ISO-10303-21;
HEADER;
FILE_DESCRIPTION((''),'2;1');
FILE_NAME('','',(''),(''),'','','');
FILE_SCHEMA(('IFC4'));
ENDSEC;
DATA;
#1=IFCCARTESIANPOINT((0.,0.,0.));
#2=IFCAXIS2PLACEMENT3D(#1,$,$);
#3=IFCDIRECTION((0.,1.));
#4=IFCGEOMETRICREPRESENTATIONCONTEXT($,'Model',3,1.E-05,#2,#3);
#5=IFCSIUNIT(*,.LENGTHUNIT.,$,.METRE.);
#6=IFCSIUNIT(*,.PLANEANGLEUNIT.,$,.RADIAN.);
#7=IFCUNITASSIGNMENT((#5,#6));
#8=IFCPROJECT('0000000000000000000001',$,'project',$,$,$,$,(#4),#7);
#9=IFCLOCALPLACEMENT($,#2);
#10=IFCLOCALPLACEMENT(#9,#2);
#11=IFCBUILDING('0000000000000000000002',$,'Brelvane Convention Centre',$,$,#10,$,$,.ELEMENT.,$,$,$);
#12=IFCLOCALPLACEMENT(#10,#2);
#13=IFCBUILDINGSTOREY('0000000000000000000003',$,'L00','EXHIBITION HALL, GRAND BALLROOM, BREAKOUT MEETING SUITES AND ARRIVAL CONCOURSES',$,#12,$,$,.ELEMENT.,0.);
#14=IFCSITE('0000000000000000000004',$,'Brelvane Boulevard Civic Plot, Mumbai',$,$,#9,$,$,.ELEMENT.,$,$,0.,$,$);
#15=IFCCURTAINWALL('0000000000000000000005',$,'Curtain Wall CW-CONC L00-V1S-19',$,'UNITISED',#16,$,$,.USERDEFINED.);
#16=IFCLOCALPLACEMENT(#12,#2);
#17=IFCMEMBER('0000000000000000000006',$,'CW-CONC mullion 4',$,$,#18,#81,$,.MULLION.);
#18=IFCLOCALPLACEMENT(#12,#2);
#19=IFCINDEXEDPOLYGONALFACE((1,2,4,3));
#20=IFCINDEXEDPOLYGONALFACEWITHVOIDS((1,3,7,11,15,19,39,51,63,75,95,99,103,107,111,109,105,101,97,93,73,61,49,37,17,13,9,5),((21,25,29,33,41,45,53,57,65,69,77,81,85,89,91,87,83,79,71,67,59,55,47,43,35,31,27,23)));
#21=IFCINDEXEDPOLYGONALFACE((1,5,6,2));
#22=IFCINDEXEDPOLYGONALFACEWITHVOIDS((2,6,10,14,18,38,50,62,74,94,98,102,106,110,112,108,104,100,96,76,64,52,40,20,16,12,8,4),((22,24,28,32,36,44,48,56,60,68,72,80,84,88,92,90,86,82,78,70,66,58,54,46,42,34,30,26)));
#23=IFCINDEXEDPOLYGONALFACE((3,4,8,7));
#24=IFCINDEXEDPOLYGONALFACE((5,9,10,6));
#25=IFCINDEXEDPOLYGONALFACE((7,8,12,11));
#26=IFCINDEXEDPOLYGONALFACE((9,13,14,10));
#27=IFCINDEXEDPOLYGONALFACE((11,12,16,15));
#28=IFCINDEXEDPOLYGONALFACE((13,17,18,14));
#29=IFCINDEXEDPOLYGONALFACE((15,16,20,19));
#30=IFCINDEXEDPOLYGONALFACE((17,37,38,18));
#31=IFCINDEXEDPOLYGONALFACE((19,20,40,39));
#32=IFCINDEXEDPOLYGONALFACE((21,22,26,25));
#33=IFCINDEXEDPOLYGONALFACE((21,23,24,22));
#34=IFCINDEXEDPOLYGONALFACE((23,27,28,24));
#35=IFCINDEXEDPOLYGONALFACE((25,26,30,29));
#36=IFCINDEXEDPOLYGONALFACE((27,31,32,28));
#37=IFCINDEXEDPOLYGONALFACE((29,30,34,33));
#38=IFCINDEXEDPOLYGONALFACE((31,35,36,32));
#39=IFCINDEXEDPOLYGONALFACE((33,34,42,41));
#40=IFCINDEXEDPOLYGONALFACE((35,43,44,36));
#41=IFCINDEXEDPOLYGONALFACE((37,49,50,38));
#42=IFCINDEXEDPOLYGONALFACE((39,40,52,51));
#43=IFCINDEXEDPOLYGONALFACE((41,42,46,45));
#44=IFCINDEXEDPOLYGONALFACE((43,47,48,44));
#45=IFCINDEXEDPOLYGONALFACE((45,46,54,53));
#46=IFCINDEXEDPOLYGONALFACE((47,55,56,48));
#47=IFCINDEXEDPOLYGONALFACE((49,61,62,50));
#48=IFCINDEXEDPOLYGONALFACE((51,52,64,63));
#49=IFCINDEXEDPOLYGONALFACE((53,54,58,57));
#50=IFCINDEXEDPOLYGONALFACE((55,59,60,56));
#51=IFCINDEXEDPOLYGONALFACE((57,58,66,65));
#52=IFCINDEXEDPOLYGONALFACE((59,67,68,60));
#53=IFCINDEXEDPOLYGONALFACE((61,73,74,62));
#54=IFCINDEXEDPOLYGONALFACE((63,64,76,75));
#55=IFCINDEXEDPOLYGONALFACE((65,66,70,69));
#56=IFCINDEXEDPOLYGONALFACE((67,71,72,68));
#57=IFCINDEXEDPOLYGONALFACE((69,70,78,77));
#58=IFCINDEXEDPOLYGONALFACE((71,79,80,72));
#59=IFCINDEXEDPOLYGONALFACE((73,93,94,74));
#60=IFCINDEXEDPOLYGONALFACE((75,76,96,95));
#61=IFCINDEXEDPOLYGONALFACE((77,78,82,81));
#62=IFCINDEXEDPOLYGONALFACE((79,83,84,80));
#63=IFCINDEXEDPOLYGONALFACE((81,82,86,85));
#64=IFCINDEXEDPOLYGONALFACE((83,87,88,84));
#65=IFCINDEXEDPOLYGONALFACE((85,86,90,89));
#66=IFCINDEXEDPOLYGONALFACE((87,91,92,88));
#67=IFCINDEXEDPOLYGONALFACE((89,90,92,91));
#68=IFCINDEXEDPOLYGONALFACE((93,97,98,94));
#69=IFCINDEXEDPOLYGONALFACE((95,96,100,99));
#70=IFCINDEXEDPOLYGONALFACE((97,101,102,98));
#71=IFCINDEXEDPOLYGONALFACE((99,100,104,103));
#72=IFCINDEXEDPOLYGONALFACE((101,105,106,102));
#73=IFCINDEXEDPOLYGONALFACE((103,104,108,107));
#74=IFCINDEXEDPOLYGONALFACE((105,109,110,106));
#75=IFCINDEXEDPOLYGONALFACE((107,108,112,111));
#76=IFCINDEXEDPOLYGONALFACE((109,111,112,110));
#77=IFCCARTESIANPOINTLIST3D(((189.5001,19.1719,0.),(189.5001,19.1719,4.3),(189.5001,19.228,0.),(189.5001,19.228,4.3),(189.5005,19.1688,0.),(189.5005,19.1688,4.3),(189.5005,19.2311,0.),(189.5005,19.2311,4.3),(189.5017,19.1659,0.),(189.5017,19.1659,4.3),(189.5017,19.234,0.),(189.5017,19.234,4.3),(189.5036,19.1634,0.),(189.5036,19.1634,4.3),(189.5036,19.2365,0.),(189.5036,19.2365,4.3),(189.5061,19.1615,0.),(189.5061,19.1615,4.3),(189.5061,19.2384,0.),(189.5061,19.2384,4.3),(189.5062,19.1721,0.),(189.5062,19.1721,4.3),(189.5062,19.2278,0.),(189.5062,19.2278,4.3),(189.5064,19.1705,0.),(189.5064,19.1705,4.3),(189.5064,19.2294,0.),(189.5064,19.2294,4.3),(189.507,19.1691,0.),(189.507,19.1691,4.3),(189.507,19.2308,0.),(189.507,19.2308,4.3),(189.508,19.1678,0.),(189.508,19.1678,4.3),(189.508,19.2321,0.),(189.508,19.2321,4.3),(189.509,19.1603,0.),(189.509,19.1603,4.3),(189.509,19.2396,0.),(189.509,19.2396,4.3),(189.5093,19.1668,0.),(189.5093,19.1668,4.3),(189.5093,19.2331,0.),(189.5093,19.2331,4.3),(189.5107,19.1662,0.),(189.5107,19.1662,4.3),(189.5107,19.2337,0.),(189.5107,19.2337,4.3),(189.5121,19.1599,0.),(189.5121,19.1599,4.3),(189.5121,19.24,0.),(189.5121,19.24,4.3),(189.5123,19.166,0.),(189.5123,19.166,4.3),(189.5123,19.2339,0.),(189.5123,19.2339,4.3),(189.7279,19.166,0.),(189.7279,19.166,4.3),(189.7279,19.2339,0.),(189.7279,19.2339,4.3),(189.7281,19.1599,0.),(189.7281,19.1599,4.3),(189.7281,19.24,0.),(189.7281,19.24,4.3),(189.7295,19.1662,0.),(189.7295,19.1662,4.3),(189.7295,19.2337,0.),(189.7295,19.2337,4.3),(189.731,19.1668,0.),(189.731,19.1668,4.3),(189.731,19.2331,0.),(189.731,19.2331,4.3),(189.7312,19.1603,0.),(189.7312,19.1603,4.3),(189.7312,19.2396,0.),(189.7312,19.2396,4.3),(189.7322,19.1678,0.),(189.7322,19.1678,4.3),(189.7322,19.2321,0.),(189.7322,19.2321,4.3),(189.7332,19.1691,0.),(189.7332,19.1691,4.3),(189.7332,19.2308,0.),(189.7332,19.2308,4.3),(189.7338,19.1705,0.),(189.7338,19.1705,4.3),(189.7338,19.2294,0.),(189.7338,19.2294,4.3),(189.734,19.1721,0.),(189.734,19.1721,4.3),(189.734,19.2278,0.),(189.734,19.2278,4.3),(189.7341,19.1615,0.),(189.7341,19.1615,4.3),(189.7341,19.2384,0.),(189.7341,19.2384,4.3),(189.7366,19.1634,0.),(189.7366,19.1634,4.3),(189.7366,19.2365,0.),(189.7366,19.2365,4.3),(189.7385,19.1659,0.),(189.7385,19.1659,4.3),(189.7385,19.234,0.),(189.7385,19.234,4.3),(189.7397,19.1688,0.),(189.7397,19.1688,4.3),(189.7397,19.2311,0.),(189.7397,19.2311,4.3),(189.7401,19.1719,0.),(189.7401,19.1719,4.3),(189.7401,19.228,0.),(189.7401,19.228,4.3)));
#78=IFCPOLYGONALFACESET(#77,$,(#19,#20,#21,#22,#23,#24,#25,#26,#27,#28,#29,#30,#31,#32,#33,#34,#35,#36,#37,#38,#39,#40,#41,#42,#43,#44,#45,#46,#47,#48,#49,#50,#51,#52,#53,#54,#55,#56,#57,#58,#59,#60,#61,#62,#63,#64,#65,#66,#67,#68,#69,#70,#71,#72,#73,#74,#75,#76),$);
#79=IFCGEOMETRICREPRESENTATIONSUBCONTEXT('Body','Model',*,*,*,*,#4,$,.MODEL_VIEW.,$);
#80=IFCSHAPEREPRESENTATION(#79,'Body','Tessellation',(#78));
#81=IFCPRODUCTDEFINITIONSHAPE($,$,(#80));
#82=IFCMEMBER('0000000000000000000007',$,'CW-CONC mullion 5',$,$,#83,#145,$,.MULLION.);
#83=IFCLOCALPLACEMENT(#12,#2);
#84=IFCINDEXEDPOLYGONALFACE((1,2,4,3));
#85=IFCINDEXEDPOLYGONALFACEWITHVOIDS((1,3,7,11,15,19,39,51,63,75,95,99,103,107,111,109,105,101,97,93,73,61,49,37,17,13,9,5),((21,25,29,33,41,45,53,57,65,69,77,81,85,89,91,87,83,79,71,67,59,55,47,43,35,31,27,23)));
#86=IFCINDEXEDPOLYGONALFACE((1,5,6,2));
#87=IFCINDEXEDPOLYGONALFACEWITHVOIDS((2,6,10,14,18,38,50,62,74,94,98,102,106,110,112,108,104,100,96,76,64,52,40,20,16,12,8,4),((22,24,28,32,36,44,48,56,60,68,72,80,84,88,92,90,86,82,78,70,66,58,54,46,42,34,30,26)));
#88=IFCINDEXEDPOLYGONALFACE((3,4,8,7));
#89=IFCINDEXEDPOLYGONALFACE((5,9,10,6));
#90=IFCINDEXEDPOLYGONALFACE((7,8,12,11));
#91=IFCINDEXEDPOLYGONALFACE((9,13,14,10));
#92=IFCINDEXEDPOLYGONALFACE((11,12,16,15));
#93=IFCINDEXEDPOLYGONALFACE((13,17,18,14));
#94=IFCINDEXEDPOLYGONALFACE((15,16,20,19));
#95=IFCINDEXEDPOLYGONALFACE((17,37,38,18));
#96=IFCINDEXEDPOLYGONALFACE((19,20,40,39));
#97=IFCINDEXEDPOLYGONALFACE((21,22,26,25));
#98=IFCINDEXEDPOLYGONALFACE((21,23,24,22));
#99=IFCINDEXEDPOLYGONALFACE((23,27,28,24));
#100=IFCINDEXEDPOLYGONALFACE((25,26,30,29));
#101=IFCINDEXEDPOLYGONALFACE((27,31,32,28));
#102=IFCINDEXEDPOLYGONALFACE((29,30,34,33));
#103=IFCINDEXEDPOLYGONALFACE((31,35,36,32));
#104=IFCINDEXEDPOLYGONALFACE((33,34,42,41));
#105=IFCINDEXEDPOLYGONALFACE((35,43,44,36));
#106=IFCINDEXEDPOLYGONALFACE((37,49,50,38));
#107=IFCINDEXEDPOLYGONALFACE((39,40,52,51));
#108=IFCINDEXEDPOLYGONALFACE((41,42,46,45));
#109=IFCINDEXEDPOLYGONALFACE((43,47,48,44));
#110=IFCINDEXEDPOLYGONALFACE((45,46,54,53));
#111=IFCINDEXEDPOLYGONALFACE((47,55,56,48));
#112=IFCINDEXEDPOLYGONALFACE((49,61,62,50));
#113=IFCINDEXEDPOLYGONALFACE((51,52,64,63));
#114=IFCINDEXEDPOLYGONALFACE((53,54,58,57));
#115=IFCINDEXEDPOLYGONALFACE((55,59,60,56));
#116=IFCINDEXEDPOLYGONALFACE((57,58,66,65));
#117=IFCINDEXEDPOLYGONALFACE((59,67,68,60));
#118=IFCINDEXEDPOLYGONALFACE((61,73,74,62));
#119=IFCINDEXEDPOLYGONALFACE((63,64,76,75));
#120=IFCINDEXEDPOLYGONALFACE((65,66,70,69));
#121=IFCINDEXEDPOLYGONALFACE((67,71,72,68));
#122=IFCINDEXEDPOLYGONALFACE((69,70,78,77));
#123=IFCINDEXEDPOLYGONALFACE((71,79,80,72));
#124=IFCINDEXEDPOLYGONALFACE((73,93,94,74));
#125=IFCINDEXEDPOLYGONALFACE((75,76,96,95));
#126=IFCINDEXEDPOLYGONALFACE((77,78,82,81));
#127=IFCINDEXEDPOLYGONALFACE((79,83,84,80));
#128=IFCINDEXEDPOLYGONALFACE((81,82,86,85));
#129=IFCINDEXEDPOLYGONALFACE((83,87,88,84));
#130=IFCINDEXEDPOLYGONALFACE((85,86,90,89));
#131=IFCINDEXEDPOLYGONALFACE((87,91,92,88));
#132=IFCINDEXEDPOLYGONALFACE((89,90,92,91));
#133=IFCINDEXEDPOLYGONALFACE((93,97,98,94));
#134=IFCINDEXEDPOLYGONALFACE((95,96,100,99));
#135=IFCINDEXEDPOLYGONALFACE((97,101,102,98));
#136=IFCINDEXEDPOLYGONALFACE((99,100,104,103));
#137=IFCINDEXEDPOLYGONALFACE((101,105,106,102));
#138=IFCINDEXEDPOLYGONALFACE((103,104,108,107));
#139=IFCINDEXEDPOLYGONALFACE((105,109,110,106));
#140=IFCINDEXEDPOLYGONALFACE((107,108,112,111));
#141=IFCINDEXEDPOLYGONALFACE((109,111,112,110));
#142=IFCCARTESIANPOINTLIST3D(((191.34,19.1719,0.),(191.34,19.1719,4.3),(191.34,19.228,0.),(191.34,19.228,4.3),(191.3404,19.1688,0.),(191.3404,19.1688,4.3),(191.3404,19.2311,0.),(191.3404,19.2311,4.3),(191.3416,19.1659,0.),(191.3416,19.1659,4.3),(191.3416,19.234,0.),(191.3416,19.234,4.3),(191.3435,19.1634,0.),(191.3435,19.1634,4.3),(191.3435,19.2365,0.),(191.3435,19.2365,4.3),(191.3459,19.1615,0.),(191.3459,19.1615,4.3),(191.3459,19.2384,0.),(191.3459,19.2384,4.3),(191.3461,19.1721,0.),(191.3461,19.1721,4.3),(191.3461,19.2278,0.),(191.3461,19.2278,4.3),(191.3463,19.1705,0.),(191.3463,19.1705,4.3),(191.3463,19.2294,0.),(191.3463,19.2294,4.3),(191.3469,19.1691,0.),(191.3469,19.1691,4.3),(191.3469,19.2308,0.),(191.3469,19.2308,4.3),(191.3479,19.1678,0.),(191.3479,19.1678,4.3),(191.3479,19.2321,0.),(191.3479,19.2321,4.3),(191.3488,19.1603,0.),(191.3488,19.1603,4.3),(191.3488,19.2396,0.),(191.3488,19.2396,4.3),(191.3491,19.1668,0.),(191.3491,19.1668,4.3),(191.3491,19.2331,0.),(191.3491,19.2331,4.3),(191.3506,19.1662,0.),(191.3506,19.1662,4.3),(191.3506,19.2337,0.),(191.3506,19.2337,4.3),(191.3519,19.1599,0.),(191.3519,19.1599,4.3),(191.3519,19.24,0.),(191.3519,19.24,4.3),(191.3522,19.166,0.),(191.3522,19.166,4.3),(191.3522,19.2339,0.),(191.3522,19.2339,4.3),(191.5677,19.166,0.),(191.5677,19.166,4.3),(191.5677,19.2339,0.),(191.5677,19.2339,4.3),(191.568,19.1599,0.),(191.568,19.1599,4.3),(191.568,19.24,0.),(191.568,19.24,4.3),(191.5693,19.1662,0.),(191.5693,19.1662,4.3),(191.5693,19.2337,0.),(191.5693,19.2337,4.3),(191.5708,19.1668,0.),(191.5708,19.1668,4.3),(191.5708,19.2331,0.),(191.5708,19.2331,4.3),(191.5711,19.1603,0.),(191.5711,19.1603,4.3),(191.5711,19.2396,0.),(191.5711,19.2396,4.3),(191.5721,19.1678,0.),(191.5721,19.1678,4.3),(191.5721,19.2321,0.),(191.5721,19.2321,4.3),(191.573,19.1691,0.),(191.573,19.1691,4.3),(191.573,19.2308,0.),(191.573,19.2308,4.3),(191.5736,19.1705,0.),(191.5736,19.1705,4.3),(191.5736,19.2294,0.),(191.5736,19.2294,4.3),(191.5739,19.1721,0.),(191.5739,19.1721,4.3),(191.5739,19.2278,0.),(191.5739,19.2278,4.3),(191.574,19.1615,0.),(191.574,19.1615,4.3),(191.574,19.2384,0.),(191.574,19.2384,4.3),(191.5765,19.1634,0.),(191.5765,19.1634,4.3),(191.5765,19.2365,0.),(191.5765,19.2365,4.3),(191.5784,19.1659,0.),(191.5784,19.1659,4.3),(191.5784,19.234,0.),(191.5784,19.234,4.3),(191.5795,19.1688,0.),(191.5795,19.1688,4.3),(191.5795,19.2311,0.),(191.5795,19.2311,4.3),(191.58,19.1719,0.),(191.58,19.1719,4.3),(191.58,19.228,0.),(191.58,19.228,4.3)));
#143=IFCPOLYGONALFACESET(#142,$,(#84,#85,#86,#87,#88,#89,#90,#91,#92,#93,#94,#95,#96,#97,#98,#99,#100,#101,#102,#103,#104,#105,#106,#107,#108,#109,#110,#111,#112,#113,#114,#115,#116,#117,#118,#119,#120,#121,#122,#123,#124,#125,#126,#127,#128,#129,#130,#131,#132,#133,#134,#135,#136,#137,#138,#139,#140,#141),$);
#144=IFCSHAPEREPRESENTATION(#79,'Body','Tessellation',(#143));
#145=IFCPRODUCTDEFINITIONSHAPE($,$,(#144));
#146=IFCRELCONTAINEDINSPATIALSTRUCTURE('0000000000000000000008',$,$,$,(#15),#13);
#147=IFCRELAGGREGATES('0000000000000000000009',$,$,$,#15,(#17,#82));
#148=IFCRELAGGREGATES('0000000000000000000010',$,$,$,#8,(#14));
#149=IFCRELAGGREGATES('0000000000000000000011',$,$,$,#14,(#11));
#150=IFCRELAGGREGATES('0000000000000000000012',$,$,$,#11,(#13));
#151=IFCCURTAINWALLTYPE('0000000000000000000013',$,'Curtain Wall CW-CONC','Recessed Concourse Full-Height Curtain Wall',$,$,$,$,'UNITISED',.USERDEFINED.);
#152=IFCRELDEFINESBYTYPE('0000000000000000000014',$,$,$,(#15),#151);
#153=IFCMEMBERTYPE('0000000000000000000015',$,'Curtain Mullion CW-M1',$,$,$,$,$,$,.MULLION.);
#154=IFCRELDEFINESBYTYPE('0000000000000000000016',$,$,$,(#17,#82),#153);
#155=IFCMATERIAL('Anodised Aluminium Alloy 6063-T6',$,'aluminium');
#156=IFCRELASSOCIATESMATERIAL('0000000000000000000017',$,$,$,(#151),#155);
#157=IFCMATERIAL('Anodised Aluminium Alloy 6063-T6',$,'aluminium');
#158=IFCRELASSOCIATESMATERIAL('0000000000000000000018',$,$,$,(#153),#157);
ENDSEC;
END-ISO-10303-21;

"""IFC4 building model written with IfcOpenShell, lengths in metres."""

from ifc_helpers import new_model, si_unit, direction, frame, origin, origin_2d, place, context, subcontext, project, spatial, hollow_rectangle, extrude, material, material_profile, profile_set, type_object, element, aggregate, save


model = new_model("IFC4")

# Units and contexts
model_context = context("Model", 3, precision=1e-05, world=origin(), true_north=direction((0.0, 1.0)))
body_context = subcontext(model_context, "Body", "Model", "MODEL_VIEW")
ifc_project = project(units=[si_unit("LENGTHUNIT", "METRE"), si_unit("PLANEANGLEUNIT", "RADIAN")], contexts=[model_context])

# Site, building, storey
site_placement = place(None, origin())
site = spatial("IfcSite", under=ifc_project, at=site_placement, Name="Brelvane Boulevard Civic Plot, Mumbai", CompositionType="ELEMENT", RefElevation=0.0)
building_placement = place(site_placement, origin())
building = spatial("IfcBuilding", under=site, at=building_placement, Name="Brelvane Convention Centre", CompositionType="ELEMENT")
storey_placement = place(building_placement, origin())
storey = spatial("IfcBuildingStorey", under=building, at=storey_placement, Name="L00", Description="EXHIBITION HALL, GRAND BALLROOM, BREAKOUT MEETING SUITES AND ARRIVAL CONCOURSES", CompositionType="ELEMENT", Elevation=0.0)

# Curtain wall, members
ifc_material_1 = material(Name="Anodised Aluminium Alloy 6063-T6", Category="aluminium")
curtain_wall_type = type_object("IfcCurtainWallType", Name="Curtain Wall CW-CONC", Description="Recessed Concourse Full-Height Curtain Wall", ElementType="UNITISED", PredefinedType="USERDEFINED", material=ifc_material_1)
curtain_wall_placement = place(storey_placement, origin())
curtain_wall = element("IfcCurtainWall", 1, at=curtain_wall_placement, inside=storey, type_object=curtain_wall_type, Name="Curtain Wall CW-CONC L00-V1S-19", ObjectType="UNITISED", PredefinedType="USERDEFINED")
ifc_material_2 = material(Name="Anodised Aluminium Alloy 6063-T6", Category="aluminium")
ifc_material_profile_1 = material_profile(ifc_material_2, hollow_rectangle(XDim=0.0801, YDim=0.24, WallThickness=0.0061, InnerFilletRadius=0.0061, OuterFilletRadius=0.012, at=origin_2d()), Name="ALU-M 240x80x6.0")
ifc_profile_set_1 = profile_set([ifc_material_profile_1], Name="Anodised Aluminium Alloy 6063-T6")
member_type_1 = type_object("IfcMemberType", Name="Curtain Mullion CW-M1", PredefinedType="MULLION", material=ifc_profile_set_1)
member_1_placement = place(storey_placement, frame((189.6201, 19.2, 0.0), z_axis=(0.0, 0.0, 1.0), x_axis=(0.0, 1.0, 0.0)))
member_1 = element("IfcMember", 2, at=member_1_placement, type_object=member_type_1, Name="CW-CONC mullion 4", PredefinedType="MULLION", context=body_context, shape_type="SweptSolid", body=[
    extrude(hollow_rectangle(XDim=0.0801, YDim=0.24, WallThickness=0.0061, InnerFilletRadius=0.0061, OuterFilletRadius=0.012, at=origin_2d()), origin(), (0.0, 0.0, 1.0), 4.3),
])
member_2_placement = place(storey_placement, frame((191.46, 19.2, 0.0), z_axis=(0.0, 0.0, 1.0), x_axis=(0.0, 1.0, 0.0)))
member_2 = element("IfcMember", 3, at=member_2_placement, type_object=member_type_1, Name="CW-CONC mullion 5", PredefinedType="MULLION", context=body_context, shape_type="SweptSolid", body=[
    extrude(hollow_rectangle(XDim=0.0801, YDim=0.24, WallThickness=0.0061, InnerFilletRadius=0.0061, OuterFilletRadius=0.012, at=origin_2d()), origin(), (0.0, 0.0, 1.0), 4.3),
])
aggregate(curtain_wall, [member_1, member_2])

save(model, "model.ifc")
